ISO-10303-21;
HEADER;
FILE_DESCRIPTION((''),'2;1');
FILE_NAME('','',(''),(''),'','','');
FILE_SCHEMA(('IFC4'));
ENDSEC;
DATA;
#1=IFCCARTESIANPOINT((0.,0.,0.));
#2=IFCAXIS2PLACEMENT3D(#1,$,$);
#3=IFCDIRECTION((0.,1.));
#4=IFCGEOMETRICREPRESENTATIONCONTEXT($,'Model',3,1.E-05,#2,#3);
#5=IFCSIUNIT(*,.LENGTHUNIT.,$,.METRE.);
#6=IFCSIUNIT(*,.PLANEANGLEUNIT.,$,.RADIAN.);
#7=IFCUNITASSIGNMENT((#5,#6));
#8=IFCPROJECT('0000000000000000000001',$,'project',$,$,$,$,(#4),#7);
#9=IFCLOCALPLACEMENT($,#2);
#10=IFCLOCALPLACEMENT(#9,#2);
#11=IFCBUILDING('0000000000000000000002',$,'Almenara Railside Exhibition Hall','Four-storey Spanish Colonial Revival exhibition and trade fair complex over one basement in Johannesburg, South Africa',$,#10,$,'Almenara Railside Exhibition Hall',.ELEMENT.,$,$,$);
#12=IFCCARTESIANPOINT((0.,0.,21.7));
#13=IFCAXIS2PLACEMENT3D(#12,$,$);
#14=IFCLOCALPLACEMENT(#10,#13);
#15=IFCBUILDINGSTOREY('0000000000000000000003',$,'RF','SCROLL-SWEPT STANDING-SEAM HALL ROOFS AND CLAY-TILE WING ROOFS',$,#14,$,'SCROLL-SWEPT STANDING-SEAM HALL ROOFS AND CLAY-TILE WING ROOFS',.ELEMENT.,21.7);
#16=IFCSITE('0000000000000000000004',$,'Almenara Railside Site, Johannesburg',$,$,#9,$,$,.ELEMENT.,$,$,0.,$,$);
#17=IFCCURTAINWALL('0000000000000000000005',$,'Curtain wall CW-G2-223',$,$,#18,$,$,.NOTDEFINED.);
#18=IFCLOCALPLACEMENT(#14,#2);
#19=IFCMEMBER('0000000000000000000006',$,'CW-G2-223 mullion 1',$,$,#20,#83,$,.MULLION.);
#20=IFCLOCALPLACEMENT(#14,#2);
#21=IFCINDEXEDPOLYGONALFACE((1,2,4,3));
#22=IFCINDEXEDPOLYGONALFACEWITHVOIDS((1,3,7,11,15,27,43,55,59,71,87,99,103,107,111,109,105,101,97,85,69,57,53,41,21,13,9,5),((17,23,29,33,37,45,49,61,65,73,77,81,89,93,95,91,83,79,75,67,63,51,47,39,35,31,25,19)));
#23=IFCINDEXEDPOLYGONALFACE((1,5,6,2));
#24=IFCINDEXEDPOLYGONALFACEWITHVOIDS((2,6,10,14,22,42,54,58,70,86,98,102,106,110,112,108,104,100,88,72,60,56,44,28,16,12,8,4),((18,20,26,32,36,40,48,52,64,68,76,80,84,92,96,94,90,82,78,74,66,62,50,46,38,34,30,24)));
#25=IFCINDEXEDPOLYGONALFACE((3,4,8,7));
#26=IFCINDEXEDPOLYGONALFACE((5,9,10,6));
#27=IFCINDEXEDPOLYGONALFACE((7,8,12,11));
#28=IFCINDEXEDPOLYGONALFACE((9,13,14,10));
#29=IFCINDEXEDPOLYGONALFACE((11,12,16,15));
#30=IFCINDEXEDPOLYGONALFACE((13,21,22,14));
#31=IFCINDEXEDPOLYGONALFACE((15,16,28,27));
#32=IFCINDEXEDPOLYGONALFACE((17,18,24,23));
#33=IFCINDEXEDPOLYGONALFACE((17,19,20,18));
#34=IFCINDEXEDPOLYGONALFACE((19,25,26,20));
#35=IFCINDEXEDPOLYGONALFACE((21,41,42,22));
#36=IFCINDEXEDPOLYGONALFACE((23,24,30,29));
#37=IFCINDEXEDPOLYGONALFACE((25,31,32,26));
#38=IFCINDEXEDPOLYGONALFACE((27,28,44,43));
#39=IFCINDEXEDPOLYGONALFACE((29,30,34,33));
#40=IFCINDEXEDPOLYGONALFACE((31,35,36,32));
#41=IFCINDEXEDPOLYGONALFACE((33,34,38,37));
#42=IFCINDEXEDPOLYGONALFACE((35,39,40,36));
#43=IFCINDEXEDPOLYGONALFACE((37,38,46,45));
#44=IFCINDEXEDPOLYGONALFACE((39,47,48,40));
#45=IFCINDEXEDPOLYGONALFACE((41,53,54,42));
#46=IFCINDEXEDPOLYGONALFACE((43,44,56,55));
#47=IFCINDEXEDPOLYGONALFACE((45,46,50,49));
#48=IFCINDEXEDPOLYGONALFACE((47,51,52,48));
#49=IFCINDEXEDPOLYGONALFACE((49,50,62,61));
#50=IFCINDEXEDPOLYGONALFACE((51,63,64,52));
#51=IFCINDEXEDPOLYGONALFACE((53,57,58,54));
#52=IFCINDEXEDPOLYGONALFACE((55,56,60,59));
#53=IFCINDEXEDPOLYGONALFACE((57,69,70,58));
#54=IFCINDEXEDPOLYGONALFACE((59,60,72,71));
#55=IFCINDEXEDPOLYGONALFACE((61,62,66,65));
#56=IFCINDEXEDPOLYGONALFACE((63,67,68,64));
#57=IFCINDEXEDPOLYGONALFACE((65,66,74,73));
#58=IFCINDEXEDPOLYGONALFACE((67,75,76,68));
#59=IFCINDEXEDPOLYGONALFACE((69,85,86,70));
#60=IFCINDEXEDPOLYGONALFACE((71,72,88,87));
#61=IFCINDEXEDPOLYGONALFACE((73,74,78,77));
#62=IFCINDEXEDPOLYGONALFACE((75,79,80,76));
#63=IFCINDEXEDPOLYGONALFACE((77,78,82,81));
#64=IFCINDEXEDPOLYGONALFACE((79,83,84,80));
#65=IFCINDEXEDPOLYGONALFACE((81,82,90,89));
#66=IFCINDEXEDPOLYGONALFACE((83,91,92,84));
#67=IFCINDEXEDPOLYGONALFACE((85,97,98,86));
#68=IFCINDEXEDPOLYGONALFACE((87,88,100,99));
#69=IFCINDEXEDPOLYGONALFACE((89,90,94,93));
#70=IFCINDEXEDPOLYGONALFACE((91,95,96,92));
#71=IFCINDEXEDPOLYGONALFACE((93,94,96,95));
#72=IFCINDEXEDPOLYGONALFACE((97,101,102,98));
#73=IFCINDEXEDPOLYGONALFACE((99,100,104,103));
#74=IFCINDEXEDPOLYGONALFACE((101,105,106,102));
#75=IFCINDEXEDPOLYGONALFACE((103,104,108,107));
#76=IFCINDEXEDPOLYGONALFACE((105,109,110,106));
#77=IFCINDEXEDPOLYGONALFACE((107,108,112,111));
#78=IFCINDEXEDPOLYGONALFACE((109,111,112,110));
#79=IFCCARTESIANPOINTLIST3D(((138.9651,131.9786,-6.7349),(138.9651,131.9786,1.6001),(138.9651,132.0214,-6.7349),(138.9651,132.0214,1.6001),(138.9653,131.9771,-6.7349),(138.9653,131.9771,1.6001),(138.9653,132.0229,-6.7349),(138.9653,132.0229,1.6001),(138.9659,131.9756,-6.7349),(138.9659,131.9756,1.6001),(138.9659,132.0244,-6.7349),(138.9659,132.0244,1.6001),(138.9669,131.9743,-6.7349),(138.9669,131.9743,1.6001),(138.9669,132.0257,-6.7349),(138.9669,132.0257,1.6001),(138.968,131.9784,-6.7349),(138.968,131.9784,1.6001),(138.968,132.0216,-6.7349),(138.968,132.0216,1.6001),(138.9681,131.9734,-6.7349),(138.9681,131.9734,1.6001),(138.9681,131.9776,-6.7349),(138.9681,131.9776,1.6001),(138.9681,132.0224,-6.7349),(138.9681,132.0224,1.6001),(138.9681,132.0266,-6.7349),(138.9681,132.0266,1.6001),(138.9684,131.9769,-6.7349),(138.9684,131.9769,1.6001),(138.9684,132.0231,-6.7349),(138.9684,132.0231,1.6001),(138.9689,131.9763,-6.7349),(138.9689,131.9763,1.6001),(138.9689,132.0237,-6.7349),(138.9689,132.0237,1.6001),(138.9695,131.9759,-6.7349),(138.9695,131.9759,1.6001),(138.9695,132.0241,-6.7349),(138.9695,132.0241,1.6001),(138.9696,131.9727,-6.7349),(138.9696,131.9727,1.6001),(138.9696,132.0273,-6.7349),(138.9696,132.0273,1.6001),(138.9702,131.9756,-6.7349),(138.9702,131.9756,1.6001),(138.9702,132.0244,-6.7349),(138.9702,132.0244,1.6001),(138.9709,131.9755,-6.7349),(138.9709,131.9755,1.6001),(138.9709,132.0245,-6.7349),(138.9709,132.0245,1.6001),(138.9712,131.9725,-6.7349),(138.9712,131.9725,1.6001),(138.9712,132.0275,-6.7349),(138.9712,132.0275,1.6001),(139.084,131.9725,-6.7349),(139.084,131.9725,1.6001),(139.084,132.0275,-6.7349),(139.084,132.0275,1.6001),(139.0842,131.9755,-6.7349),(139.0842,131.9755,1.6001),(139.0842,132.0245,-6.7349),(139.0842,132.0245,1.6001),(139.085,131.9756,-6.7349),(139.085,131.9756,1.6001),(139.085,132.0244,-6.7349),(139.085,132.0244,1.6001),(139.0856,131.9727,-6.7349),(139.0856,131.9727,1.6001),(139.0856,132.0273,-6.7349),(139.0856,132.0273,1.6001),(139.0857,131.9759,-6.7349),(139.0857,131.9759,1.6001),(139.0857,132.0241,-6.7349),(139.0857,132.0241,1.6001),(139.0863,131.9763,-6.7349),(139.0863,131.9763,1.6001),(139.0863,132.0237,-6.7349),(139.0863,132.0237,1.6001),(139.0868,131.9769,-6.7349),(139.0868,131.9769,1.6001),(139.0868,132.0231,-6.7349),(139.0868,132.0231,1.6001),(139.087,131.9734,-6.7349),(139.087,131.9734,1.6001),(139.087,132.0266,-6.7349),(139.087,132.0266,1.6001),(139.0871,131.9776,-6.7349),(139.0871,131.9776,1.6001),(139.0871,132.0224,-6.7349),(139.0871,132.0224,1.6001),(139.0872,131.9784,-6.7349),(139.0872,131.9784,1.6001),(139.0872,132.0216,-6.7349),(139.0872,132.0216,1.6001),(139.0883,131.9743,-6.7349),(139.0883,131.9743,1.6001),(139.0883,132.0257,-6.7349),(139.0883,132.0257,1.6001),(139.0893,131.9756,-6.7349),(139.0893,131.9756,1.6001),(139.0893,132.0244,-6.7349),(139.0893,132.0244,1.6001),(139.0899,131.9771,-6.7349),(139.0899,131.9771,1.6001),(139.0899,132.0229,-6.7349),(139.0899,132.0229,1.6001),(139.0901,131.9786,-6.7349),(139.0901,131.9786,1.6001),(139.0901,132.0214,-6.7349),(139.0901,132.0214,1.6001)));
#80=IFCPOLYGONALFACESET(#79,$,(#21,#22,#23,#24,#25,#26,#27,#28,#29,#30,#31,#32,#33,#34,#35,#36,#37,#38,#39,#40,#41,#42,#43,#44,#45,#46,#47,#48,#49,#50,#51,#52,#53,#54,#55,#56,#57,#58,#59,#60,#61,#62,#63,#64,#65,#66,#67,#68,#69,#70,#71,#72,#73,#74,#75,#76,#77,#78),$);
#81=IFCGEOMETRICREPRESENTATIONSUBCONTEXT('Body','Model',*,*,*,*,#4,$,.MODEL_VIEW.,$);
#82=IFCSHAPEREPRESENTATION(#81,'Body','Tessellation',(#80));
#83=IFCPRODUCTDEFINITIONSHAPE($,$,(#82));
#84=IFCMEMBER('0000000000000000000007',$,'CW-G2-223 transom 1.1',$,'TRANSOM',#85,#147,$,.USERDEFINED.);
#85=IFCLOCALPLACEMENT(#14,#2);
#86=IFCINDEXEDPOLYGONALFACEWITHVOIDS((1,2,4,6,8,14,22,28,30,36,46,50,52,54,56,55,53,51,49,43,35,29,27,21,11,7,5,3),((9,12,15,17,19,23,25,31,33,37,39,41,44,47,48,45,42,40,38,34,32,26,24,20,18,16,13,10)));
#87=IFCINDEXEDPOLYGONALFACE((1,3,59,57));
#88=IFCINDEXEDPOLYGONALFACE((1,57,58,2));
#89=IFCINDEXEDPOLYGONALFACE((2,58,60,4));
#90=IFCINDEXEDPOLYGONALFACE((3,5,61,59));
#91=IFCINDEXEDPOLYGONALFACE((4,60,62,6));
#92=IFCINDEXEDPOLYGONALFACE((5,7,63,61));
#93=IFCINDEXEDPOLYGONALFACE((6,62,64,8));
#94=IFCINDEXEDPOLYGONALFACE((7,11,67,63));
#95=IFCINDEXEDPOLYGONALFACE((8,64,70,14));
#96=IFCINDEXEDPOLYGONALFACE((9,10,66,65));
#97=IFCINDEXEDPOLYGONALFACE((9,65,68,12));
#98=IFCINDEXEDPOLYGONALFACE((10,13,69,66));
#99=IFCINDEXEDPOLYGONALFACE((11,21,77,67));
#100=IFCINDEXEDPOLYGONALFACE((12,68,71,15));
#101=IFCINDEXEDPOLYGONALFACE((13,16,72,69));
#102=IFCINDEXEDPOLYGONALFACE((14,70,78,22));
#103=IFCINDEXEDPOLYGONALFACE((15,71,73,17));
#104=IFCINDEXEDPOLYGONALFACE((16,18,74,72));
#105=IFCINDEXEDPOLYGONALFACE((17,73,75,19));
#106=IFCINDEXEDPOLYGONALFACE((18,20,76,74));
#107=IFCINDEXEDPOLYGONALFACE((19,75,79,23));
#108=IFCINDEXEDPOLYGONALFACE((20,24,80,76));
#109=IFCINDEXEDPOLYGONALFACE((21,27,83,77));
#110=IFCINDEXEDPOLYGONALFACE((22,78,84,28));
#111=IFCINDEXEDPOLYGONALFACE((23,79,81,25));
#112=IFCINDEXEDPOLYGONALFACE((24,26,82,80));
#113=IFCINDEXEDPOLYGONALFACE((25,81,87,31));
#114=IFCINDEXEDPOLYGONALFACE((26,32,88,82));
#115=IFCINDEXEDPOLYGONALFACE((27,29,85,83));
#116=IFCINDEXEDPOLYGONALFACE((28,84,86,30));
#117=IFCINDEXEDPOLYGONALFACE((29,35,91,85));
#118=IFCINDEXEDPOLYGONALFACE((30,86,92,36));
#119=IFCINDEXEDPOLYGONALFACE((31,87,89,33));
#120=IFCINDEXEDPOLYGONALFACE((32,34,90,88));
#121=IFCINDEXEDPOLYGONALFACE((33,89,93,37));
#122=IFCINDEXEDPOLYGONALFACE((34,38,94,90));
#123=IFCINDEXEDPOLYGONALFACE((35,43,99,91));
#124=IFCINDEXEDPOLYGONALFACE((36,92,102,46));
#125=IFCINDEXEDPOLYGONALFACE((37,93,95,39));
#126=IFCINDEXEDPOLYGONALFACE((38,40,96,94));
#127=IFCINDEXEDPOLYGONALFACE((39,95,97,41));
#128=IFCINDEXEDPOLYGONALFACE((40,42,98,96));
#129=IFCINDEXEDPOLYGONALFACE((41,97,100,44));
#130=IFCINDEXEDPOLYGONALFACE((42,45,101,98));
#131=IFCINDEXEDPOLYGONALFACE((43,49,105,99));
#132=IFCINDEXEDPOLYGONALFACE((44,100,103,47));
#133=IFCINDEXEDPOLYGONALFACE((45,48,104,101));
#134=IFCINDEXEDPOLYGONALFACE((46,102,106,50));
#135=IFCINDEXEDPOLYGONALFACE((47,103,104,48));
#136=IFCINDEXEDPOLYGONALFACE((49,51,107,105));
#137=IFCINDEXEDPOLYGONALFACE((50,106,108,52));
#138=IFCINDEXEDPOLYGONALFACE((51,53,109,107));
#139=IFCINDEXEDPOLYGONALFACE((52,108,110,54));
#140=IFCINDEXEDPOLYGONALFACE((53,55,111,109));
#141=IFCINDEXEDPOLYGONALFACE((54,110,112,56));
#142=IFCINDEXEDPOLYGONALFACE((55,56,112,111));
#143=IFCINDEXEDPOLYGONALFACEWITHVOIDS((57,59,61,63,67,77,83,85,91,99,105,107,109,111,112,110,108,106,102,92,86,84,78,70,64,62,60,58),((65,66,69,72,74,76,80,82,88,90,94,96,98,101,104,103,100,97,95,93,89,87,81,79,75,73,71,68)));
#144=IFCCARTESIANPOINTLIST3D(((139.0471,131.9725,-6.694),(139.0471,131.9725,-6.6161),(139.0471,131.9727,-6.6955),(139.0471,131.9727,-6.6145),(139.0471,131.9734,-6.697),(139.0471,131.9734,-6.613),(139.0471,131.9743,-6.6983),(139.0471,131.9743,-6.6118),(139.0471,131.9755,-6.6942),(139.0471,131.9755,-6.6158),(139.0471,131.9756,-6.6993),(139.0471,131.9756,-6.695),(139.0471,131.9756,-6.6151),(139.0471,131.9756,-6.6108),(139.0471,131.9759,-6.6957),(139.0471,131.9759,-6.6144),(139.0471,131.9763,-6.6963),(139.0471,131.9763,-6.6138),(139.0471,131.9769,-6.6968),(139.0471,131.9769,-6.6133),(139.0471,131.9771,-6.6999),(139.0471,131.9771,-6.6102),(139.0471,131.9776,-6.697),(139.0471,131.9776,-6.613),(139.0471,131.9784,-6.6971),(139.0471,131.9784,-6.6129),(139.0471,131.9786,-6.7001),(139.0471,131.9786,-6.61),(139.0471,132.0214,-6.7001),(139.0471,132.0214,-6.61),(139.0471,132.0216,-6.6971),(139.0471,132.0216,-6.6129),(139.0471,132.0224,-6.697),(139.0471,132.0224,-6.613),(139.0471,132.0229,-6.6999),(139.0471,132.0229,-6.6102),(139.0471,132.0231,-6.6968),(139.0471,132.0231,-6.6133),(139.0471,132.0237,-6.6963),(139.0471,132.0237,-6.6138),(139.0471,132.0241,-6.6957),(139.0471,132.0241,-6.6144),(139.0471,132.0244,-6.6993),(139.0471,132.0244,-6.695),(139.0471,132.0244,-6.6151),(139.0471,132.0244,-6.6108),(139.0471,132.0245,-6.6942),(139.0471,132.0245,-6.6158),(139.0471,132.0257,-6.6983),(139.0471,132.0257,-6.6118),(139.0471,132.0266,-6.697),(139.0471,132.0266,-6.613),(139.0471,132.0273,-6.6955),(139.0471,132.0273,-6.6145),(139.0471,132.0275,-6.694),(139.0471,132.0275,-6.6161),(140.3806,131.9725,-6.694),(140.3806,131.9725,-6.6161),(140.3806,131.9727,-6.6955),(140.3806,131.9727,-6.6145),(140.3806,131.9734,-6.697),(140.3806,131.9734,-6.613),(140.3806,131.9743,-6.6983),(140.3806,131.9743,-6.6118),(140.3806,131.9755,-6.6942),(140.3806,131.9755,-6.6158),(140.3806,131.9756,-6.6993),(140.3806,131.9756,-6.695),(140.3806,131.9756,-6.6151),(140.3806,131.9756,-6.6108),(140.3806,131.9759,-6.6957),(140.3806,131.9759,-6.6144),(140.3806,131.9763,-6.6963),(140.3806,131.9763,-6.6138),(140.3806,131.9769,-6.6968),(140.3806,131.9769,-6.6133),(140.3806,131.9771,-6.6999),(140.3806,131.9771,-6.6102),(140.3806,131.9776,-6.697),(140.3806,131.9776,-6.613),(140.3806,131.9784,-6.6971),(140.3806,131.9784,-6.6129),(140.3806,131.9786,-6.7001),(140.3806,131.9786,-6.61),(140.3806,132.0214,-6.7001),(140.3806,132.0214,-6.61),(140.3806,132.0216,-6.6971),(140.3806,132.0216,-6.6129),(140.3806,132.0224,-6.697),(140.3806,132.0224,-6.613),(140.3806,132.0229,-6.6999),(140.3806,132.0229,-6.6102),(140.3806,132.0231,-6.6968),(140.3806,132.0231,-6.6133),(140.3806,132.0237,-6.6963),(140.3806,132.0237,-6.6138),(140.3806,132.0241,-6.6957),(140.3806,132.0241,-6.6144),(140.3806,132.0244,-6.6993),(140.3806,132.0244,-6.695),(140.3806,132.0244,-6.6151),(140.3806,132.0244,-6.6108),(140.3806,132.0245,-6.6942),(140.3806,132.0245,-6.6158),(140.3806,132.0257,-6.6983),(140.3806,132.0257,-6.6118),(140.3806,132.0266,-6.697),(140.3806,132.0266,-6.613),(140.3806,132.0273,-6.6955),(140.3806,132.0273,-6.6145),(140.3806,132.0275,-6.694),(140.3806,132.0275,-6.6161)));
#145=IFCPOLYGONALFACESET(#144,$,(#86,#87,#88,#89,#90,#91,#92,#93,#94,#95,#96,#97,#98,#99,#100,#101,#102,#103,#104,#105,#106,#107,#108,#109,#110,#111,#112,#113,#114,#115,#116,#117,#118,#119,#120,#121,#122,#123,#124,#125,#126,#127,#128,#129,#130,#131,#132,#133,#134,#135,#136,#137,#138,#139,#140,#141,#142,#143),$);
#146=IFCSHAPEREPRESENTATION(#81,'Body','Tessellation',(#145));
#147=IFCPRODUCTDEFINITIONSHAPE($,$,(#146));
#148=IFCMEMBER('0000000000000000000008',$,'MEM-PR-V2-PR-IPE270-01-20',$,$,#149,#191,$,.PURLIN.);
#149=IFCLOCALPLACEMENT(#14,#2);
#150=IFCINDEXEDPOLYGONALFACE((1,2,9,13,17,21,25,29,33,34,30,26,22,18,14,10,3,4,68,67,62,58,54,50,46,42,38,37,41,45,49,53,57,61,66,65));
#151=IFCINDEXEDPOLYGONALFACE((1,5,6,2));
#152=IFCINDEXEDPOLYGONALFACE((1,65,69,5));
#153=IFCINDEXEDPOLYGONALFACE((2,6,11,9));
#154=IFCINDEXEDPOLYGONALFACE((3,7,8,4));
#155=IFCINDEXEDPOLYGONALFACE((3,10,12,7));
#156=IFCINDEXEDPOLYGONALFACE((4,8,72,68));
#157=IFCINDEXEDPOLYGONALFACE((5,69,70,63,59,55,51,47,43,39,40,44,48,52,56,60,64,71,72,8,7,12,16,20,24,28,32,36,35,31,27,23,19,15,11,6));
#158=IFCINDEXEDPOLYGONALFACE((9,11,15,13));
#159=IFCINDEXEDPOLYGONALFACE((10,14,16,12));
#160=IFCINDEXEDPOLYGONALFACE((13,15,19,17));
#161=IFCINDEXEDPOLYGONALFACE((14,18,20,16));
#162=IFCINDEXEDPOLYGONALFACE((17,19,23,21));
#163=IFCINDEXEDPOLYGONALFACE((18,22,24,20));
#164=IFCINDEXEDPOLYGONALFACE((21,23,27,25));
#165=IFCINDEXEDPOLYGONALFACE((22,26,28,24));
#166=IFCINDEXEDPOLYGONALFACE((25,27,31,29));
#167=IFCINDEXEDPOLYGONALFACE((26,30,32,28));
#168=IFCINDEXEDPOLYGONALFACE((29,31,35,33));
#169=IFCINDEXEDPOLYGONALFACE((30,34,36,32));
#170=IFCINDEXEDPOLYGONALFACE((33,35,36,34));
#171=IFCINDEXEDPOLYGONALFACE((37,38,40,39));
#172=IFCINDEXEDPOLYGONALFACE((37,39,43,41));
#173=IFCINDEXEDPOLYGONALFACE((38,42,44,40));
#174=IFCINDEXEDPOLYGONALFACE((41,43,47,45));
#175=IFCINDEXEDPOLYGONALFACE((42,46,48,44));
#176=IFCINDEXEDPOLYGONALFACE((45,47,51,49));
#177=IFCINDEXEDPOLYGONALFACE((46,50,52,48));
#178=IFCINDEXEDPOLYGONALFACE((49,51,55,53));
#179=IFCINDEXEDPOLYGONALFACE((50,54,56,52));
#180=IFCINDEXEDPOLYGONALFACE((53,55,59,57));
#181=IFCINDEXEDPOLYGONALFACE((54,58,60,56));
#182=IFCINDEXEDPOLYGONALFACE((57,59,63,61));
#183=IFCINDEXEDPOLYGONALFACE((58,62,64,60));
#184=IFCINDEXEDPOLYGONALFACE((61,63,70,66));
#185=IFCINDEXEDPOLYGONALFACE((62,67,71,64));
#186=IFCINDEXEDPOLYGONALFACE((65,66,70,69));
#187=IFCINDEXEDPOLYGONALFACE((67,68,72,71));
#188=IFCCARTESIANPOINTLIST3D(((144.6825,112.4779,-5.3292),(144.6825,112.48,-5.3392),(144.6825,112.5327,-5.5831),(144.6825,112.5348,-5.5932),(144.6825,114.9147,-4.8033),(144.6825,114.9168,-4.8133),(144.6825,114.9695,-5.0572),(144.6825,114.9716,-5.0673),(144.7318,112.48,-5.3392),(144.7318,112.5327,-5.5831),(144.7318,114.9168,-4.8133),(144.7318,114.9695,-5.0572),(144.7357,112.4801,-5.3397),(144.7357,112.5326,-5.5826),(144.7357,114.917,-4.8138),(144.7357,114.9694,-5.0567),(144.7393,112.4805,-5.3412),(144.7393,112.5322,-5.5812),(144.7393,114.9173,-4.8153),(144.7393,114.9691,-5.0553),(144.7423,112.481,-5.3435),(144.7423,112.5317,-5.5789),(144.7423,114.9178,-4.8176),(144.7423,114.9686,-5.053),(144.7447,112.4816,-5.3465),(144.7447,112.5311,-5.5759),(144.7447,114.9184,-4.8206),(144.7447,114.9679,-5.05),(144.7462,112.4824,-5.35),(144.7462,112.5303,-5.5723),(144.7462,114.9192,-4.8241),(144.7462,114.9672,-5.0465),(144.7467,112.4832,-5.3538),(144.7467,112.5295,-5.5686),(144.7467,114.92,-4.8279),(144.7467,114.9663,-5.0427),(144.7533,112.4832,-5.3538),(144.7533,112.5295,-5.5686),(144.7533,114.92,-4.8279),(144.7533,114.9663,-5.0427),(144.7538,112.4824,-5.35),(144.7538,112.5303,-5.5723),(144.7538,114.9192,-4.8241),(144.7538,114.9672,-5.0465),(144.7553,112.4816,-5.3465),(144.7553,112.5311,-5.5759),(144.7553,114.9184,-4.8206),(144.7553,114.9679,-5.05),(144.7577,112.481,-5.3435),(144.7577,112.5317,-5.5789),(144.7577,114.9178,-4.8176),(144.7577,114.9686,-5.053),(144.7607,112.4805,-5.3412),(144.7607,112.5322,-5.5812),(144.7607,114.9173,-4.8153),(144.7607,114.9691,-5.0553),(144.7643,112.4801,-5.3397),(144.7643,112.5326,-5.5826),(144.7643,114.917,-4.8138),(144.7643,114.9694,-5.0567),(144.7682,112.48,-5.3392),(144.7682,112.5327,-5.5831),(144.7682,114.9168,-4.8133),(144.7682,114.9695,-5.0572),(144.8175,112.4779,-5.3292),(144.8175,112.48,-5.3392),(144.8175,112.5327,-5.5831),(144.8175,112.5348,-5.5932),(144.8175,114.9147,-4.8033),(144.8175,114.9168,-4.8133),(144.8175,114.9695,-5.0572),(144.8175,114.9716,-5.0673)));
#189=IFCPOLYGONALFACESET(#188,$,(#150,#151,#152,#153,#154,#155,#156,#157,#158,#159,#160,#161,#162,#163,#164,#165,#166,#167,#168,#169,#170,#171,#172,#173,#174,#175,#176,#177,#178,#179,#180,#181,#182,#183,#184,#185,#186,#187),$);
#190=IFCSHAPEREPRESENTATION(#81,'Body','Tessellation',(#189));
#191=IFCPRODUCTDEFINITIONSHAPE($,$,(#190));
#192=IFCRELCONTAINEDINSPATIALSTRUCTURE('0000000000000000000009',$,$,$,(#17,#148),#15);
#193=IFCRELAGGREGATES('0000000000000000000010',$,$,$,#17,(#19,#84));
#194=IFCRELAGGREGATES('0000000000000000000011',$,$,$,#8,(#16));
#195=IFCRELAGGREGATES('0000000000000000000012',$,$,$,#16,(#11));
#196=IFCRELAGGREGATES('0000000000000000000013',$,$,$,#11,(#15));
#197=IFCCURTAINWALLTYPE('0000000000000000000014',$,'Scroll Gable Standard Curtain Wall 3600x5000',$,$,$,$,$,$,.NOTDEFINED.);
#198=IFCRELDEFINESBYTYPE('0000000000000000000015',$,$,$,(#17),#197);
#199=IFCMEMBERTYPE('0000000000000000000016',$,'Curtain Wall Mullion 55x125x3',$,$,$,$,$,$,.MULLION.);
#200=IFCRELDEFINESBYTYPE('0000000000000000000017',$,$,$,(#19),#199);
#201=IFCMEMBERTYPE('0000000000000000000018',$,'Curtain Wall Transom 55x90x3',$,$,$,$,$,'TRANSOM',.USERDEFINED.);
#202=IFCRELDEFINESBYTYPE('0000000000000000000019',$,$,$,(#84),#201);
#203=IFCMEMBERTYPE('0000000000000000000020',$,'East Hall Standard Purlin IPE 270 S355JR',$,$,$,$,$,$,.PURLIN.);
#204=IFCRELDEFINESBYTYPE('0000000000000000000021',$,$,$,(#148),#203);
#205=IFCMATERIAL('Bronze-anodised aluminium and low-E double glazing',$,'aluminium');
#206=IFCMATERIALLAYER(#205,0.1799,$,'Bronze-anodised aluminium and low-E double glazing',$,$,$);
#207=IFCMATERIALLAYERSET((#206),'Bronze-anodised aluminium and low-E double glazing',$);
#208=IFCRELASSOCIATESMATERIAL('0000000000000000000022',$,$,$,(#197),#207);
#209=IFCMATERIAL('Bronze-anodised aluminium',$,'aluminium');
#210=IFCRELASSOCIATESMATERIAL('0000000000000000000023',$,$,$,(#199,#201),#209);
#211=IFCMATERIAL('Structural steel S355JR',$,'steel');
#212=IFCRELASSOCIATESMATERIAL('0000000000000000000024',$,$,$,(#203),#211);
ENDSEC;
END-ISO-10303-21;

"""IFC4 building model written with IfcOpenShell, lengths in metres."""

from ifc_helpers import new_model, si_unit, direction, frame, origin, origin_2d, place, context, subcontext, project, spatial, hollow_rectangle, i_section, extrude, material, layer, layer_set, material_profile, profile_set, type_object, element, aggregate, save


model = new_model("IFC4")

# Units and contexts
model_context = context("Model", 3, precision=1e-05, world=origin(), true_north=direction((0.0, 1.0)))
body_context = subcontext(model_context, "Body", "Model", "MODEL_VIEW")
ifc_project = project(units=[si_unit("LENGTHUNIT", "METRE"), si_unit("PLANEANGLEUNIT", "RADIAN")], contexts=[model_context])

# Site, building, storey
site_placement = place(None, origin())
site = spatial("IfcSite", under=ifc_project, at=site_placement, Name="Almenara Railside Site, Johannesburg", CompositionType="ELEMENT", RefElevation=0.0)
building_placement = place(site_placement, origin())
building = spatial("IfcBuilding", under=site, at=building_placement, Name="Almenara Railside Exhibition Hall", Description="Four-storey Spanish Colonial Revival exhibition and trade fair complex over one basement in Johannesburg, South Africa", LongName="Almenara Railside Exhibition Hall", CompositionType="ELEMENT")
storey_placement = place(building_placement, frame((0.0, 0.0, 21.7)))
storey = spatial("IfcBuildingStorey", under=building, at=storey_placement, Name="RF", Description="SCROLL-SWEPT STANDING-SEAM HALL ROOFS AND CLAY-TILE WING ROOFS", LongName="SCROLL-SWEPT STANDING-SEAM HALL ROOFS AND CLAY-TILE WING ROOFS", CompositionType="ELEMENT", Elevation=21.7)

# Shared definitions
ifc_material_1 = material(Name="Structural steel S355JR", Category="steel")

# Curtain wall, members
ifc_material_2 = material(Name="Bronze-anodised aluminium and low-E double glazing", Category="aluminium")
ifc_layer_1 = layer(ifc_material_2, 0.1799, Name="Bronze-anodised aluminium and low-E double glazing")
ifc_layer_set_1 = layer_set([ifc_layer_1], Name="Bronze-anodised aluminium and low-E double glazing")
curtain_wall_type = type_object("IfcCurtainWallType", Name="Scroll Gable Standard Curtain Wall 3600x5000", PredefinedType="NOTDEFINED", material=ifc_layer_set_1)
curtain_wall_placement = place(storey_placement, origin())
curtain_wall = element("IfcCurtainWall", 1, at=curtain_wall_placement, inside=storey, type_object=curtain_wall_type, Name="Curtain wall CW-G2-223", PredefinedType="NOTDEFINED")
ifc_material_3 = material(Name="Bronze-anodised aluminium", Category="aluminium")
ifc_material_profile_1 = material_profile(ifc_material_3, hollow_rectangle(XDim=0.0549, YDim=0.125, WallThickness=0.0029, InnerFilletRadius=0.0029, OuterFilletRadius=0.0061, at=origin_2d()), Name="ALU-MUL 55x125x3")
ifc_profile_set_1 = profile_set([ifc_material_profile_1], Name="Bronze-anodised aluminium")
member_type_1 = type_object("IfcMemberType", Name="Curtain Wall Mullion 55x125x3", PredefinedType="MULLION", material=ifc_profile_set_1)
member_1_placement = place(storey_placement, frame((139.0276, 132.0, -6.7349), z_axis=(0.0, 0.0, 1.0), x_axis=(0.0, 1.0, 0.0)))
member_1 = element("IfcMember", 2, at=member_1_placement, type_object=member_type_1, Name="CW-G2-223 mullion 1", PredefinedType="MULLION", context=body_context, shape_type="SweptSolid", body=[
    extrude(hollow_rectangle(XDim=0.0549, YDim=0.125, WallThickness=0.0029, InnerFilletRadius=0.0029, OuterFilletRadius=0.0061, at=origin_2d()), origin(), (0.0, 0.0, 1.0), 8.335),
])
ifc_material_profile_2 = material_profile(ifc_material_3, hollow_rectangle(XDim=0.0549, YDim=0.0901, WallThickness=0.0029, InnerFilletRadius=0.0029, OuterFilletRadius=0.0061, at=origin_2d()), Name="ALU-TRN 55x90x3")
ifc_profile_set_2 = profile_set([ifc_material_profile_2], Name="Bronze-anodised aluminium")
member_type_2 = type_object("IfcMemberType", Name="Curtain Wall Transom 55x90x3", ElementType="TRANSOM", PredefinedType="USERDEFINED", material=ifc_profile_set_2)
member_2_placement = place(storey_placement, frame((139.0471, 132.0, -6.655), z_axis=(1.0, 0.0, 0.0), x_axis=(0.0, 1.0, 0.0)))
member_2 = element("IfcMember", 3, at=member_2_placement, type_object=member_type_2, Name="CW-G2-223 transom 1.1", ObjectType="TRANSOM", PredefinedType="USERDEFINED", context=body_context, shape_type="SweptSolid", body=[
    extrude(hollow_rectangle(XDim=0.0549, YDim=0.0901, WallThickness=0.0029, InnerFilletRadius=0.0029, OuterFilletRadius=0.0061, at=origin_2d()), origin(), (0.0, 0.0, 1.0), 1.3335),
])
aggregate(curtain_wall, [member_1, member_2])

# Member
ifc_material_profile_3 = material_profile(ifc_material_1, i_section(OverallWidth=0.135, OverallDepth=0.27, WebThickness=0.0066, FlangeThickness=0.0103, FilletRadius=0.0149, at=origin_2d()), Name="IPE 270")
ifc_profile_set_3 = profile_set([ifc_material_profile_3], Name="Structural steel S355JR")
member_type_3 = type_object("IfcMemberType", Name="East Hall Standard Purlin IPE 270 S355JR", PredefinedType="PURLIN", material=ifc_profile_set_3)
member_3_placement = place(storey_placement, frame((144.75, 112.5063, -5.4612), z_axis=(0.0, 0.977496, 0.210953), x_axis=(-1.0, 0.0, 0.0)))
element("IfcMember", 4, at=member_3_placement, inside=storey, type_object=member_type_3, Name="MEM-PR-V2-PR-IPE270-01-20", PredefinedType="PURLIN", context=body_context, shape_type="SweptSolid", body=[
    extrude(i_section(OverallWidth=0.135, OverallDepth=0.27, WebThickness=0.0066, FlangeThickness=0.0103, FilletRadius=0.0149, at=origin_2d()), origin(), (0.0, 0.0, 1.0), 2.4929),
])

save(model, "model.ifc")
